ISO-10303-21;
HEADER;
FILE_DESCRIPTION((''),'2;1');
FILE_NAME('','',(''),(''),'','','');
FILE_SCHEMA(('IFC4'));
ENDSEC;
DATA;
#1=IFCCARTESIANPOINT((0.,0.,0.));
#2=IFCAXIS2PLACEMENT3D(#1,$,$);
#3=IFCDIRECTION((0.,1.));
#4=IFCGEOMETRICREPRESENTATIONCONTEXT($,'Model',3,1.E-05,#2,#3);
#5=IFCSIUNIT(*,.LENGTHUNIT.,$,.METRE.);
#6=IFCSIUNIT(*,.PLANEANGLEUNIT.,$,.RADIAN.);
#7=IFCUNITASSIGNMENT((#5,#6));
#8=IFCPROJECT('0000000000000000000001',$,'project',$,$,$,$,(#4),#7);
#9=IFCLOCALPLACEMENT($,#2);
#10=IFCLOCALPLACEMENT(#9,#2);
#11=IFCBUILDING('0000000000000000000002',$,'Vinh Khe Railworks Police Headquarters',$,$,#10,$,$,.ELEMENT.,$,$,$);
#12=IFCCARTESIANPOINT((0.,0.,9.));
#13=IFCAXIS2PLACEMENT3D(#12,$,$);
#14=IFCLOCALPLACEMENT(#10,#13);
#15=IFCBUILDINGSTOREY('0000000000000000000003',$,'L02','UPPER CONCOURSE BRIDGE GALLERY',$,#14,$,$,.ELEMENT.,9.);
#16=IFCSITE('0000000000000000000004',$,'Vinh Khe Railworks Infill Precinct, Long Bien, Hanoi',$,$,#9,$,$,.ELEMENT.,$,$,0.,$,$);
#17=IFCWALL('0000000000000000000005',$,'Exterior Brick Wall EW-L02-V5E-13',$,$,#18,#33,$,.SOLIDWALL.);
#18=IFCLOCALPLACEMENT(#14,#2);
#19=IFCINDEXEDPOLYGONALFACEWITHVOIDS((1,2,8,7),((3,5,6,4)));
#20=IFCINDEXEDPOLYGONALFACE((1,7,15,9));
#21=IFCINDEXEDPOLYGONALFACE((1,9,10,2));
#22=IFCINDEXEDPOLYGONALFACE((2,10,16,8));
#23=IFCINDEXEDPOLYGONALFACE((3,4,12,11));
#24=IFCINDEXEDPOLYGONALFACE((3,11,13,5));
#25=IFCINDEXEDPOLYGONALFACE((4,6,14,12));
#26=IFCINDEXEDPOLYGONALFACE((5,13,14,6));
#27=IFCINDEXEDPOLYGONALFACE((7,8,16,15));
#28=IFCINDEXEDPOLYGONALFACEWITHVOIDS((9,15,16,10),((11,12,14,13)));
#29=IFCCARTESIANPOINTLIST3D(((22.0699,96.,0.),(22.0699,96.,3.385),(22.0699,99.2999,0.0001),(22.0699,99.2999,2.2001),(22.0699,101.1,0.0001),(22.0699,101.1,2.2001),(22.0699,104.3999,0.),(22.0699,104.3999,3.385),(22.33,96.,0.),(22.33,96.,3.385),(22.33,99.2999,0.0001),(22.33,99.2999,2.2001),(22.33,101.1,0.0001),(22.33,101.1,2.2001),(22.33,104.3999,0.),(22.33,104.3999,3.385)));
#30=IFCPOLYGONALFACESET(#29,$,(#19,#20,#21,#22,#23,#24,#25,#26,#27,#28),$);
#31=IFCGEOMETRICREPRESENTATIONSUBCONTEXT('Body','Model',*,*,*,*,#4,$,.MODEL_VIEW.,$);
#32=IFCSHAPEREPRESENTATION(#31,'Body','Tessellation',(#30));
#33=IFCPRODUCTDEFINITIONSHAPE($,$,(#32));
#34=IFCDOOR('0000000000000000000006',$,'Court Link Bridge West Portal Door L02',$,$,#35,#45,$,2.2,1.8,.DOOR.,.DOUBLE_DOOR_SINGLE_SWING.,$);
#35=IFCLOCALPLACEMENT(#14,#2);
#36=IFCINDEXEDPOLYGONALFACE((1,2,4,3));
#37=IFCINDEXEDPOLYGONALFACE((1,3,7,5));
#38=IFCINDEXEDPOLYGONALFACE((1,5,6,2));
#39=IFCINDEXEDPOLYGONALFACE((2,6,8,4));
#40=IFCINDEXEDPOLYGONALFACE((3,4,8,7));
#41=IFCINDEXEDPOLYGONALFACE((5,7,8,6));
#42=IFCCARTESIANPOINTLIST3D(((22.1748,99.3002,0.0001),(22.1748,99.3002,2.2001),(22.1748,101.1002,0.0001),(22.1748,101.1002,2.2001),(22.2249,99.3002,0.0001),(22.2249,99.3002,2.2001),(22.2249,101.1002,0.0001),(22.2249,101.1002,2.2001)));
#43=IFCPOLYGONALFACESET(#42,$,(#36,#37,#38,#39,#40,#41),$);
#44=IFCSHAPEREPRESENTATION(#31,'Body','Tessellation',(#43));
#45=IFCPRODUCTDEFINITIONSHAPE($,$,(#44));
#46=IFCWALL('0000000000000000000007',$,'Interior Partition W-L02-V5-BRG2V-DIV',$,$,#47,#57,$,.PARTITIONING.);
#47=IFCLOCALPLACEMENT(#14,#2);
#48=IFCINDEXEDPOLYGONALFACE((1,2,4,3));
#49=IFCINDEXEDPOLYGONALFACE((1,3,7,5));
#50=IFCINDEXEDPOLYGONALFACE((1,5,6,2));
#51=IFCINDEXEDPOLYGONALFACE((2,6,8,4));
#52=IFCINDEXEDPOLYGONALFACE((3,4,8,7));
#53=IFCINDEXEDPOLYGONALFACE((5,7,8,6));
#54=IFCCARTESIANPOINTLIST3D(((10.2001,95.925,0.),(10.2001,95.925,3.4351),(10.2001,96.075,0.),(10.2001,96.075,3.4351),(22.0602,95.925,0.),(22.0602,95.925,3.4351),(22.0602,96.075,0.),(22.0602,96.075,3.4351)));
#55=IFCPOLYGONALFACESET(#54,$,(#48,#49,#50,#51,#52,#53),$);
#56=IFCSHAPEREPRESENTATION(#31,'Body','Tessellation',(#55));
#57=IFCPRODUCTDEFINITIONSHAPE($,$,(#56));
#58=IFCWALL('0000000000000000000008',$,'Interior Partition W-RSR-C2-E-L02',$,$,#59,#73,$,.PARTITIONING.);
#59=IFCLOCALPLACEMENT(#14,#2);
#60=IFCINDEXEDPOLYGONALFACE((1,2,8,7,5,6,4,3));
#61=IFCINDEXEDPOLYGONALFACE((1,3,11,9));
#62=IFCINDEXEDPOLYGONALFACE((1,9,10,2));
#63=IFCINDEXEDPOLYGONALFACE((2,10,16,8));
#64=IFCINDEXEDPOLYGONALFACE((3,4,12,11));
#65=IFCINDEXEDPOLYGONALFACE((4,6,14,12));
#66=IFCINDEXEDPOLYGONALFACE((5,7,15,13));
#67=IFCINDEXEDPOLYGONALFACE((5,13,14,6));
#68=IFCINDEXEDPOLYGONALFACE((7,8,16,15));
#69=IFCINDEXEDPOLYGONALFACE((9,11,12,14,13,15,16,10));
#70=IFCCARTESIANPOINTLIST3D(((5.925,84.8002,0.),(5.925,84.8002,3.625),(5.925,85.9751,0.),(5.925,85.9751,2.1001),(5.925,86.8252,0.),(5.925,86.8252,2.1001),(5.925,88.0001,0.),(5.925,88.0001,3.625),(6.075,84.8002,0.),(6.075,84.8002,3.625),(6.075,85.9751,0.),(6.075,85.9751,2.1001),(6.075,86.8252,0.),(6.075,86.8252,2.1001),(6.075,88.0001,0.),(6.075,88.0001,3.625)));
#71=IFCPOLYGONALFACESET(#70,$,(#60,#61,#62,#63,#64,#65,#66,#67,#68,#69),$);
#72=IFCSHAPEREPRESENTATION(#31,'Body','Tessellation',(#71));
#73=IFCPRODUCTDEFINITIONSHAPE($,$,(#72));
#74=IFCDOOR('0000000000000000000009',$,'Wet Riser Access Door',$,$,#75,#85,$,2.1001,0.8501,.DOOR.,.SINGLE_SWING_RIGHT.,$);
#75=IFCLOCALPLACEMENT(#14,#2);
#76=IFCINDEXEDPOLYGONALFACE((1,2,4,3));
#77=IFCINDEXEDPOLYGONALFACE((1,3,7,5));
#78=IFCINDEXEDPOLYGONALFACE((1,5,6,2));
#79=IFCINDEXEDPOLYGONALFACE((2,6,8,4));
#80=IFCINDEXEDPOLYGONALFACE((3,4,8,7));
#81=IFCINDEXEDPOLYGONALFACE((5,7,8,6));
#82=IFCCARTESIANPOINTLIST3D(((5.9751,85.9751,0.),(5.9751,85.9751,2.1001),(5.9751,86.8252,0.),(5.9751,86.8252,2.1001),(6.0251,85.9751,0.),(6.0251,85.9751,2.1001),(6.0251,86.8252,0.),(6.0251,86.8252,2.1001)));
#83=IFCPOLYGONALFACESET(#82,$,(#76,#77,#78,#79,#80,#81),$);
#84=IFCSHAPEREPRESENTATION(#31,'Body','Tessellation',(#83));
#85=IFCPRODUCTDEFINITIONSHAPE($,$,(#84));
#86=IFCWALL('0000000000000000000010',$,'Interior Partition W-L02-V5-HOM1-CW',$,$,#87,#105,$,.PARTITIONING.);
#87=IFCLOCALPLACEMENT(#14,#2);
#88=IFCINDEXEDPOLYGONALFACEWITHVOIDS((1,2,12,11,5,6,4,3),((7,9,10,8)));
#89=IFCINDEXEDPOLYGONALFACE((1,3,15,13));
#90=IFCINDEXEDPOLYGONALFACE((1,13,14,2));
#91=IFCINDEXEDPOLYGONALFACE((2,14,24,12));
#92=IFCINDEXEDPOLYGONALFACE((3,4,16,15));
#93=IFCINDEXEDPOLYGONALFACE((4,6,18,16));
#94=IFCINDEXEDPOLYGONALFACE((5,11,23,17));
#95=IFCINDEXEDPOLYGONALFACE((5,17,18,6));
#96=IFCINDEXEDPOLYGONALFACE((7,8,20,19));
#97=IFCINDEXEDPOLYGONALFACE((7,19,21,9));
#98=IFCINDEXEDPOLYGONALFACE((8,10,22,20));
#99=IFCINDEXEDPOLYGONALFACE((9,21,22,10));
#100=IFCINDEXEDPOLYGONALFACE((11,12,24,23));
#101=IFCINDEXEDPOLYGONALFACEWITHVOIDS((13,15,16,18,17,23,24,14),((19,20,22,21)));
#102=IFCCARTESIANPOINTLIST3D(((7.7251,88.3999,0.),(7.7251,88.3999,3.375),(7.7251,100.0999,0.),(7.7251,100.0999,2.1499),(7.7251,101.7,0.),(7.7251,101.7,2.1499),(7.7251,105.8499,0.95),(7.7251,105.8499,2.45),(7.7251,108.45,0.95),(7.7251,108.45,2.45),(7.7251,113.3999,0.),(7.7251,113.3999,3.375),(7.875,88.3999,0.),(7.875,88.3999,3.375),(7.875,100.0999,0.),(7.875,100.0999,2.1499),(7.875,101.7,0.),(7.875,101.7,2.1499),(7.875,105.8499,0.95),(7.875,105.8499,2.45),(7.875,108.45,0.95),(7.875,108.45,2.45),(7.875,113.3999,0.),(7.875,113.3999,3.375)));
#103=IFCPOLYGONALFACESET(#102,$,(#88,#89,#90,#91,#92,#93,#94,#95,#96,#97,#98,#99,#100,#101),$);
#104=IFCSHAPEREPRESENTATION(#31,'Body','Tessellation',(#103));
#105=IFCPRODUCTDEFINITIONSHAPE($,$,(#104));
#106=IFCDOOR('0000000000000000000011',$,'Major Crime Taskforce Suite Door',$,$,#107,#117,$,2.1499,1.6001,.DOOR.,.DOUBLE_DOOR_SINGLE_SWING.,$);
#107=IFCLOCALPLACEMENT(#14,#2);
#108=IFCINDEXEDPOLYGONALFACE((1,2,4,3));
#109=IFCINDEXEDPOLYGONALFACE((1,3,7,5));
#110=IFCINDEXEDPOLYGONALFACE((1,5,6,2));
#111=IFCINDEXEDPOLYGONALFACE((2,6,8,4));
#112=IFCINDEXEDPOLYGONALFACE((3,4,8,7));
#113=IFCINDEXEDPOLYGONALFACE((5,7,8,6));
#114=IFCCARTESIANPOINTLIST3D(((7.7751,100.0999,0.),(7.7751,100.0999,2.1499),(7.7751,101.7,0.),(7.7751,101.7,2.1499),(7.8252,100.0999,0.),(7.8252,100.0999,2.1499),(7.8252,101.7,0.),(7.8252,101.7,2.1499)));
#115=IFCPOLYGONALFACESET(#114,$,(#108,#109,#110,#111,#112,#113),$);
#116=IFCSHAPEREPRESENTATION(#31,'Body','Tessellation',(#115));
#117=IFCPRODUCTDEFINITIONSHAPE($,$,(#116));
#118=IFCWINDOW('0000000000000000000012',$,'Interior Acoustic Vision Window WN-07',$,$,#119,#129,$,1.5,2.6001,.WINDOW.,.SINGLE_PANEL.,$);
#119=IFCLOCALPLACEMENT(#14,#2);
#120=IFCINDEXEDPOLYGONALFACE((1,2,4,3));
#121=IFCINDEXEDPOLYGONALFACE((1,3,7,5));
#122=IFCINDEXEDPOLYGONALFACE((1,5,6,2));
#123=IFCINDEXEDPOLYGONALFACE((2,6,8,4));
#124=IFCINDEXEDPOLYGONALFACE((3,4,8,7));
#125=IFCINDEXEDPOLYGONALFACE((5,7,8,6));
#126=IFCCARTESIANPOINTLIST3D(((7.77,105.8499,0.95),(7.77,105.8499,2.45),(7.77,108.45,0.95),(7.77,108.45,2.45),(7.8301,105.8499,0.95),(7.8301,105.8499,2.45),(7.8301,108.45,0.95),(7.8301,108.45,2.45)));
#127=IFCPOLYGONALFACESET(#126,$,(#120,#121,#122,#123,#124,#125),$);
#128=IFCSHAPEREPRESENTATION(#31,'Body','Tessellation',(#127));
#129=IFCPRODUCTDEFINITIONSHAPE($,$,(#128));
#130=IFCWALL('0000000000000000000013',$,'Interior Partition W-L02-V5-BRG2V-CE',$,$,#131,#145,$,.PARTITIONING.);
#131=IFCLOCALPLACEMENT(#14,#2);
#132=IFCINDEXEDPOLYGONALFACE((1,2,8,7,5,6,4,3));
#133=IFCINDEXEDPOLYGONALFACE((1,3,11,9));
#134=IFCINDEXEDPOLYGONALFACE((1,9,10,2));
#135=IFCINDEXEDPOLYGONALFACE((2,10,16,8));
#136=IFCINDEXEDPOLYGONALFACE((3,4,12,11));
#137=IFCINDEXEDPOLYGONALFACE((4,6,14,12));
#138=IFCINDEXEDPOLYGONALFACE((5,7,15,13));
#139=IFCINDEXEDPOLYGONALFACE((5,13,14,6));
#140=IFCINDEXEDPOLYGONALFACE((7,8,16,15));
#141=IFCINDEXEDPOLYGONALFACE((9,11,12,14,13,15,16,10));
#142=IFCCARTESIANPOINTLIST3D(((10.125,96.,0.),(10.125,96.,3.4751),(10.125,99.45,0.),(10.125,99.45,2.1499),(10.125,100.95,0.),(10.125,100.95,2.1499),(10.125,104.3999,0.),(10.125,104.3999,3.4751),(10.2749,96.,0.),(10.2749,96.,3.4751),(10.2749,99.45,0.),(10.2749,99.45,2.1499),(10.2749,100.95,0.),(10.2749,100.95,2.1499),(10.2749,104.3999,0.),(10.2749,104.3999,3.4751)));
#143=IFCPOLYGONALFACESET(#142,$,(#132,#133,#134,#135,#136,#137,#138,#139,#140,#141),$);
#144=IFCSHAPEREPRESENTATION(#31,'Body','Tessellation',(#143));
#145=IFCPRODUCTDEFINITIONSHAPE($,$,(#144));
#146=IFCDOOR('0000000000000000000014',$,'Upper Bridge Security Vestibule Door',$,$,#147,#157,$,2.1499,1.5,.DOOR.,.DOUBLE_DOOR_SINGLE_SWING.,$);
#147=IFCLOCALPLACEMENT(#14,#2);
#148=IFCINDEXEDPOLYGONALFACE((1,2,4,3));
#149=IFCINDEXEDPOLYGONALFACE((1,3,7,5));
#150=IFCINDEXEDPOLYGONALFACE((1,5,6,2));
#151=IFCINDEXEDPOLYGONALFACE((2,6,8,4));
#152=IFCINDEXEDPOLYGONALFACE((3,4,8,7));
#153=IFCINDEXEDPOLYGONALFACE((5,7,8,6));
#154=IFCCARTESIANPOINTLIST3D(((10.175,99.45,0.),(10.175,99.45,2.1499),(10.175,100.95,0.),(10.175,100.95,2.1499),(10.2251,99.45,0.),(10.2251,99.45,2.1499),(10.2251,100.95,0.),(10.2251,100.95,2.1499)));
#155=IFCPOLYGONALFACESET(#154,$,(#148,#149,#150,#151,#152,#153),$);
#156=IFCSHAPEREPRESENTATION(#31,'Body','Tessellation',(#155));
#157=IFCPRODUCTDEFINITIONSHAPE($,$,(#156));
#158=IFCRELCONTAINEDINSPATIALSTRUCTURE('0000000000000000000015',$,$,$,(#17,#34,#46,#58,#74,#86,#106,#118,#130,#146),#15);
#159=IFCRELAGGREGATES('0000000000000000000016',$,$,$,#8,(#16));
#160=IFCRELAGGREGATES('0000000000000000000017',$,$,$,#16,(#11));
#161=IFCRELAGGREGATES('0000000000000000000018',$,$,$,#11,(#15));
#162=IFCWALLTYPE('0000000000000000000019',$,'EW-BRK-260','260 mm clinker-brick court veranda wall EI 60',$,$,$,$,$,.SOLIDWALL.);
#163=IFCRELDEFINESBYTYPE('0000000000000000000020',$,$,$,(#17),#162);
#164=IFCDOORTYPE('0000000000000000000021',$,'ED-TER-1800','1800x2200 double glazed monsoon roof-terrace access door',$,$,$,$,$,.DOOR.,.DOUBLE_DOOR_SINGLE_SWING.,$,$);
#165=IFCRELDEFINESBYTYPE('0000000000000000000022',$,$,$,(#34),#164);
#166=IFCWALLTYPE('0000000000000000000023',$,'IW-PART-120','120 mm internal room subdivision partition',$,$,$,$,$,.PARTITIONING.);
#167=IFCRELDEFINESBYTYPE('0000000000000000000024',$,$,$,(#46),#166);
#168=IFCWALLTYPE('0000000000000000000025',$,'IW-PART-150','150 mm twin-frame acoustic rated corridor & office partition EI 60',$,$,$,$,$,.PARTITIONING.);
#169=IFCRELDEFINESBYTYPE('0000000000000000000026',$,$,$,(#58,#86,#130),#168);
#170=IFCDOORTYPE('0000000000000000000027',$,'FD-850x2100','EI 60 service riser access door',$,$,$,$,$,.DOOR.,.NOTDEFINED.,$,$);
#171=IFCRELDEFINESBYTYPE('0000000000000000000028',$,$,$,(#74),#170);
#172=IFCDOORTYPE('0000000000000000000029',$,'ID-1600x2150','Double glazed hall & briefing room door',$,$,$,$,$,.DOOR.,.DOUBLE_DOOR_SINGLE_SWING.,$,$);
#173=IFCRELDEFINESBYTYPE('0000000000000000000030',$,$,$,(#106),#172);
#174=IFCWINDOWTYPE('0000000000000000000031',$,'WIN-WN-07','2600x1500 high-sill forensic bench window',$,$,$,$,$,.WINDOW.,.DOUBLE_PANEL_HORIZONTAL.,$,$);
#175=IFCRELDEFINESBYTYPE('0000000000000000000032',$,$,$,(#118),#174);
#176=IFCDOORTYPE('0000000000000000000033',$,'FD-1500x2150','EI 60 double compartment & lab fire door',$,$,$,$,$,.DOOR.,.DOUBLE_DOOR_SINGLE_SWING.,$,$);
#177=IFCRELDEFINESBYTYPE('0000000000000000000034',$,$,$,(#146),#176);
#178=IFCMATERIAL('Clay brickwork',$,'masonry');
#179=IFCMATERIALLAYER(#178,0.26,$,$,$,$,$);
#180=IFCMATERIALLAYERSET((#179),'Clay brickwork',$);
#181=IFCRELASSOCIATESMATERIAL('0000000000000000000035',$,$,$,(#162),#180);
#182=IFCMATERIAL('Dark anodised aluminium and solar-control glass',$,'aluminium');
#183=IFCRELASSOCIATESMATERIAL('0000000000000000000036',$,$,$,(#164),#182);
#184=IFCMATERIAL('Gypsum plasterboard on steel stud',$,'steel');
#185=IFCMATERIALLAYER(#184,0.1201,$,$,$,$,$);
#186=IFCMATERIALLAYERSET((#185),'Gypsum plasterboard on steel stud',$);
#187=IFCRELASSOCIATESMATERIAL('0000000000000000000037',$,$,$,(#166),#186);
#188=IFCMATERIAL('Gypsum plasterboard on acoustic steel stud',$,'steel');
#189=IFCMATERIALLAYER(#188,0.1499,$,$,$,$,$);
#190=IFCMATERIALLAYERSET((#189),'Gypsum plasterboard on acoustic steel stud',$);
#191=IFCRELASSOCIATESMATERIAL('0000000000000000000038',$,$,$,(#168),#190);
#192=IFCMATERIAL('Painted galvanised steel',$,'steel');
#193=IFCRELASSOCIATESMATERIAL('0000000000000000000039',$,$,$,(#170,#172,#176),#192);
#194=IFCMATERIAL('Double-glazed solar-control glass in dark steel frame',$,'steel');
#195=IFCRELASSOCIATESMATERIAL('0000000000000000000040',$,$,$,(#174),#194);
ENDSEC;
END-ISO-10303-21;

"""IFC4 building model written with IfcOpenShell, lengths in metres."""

from ifc_helpers import new_model, si_unit, direction, frame, frame_2d, origin, place, context, subcontext, project, spatial, rectangle, extrude, material, layer, layer_set, type_object, element, fill, save


model = new_model("IFC4")

# Units and contexts
model_context = context("Model", 3, precision=1e-05, world=origin(), true_north=direction((0.0, 1.0)))
body_context = subcontext(model_context, "Body", "Model", "MODEL_VIEW")
ifc_project = project(units=[si_unit("LENGTHUNIT", "METRE"), si_unit("PLANEANGLEUNIT", "RADIAN")], contexts=[model_context])

# Site, building, storey
site_placement = place(None, origin())
site = spatial("IfcSite", under=ifc_project, at=site_placement, Name="Vinh Khe Railworks Infill Precinct, Long Bien, Hanoi", CompositionType="ELEMENT", RefElevation=0.0)
building_placement = place(site_placement, origin())
building = spatial("IfcBuilding", under=site, at=building_placement, Name="Vinh Khe Railworks Police Headquarters", CompositionType="ELEMENT")
storey_placement = place(building_placement, frame((0.0, 0.0, 9.0)))
storey = spatial("IfcBuildingStorey", under=building, at=storey_placement, Name="L02", Description="UPPER CONCOURSE BRIDGE GALLERY", CompositionType="ELEMENT", Elevation=9.0)

# Shared definitions
ifc_material_1 = material(Name="Clay brickwork", Category="masonry")
ifc_layer_1 = layer(ifc_material_1, 0.26)
ifc_layer_set_1 = layer_set([ifc_layer_1], Name="Clay brickwork")
wall_type_1 = type_object("IfcWallType", Name="EW-BRK-260", Description="260 mm clinker-brick court veranda wall EI 60", PredefinedType="SOLIDWALL", material=ifc_layer_set_1)
ifc_material_2 = material(Name="Double-glazed solar-control glass in dark steel frame", Category="steel")

# Wall, opening, door
wall_1_placement = place(storey_placement, frame((22.2, 96.0, 0.0), z_axis=(0.0, 0.0, 1.0), x_axis=(0.0, 1.0, 0.0)))
wall_1 = element("IfcWall", 1, at=wall_1_placement, inside=storey, type_object=wall_type_1, Name="Exterior Brick Wall EW-L02-V5E-13", PredefinedType="SOLIDWALL", context=body_context, shape_type="SweptSolid", body=[
    extrude(rectangle(XDim=8.3999, YDim=0.26, at=frame_2d((4.2, 0.0))), origin(), (0.0, 0.0, 1.0), 3.385),
])
opening_1_placement = place(wall_1_placement, frame((3.3, 0.0, 0.0)))
opening_1 = element("IfcOpeningElement", 2, at=opening_1_placement, cuts=wall_1, PredefinedType="OPENING", context=body_context, shape_type="SweptSolid", body=[
    extrude(rectangle(XDim=1.8, YDim=2.2, at=frame_2d((0.8999, 1.1001))), frame((0.0, 0.145, 0.0), z_axis=(0.0, -1.0, 0.0), x_axis=(1.0, 0.0, 0.0)), (0.0, 0.0, 1.0), 0.2898),
])
ifc_material_3 = material(Name="Dark anodised aluminium and solar-control glass", Category="aluminium")
door_type_1 = type_object("IfcDoorType", Name="ED-TER-1800", Description="1800x2200 double glazed monsoon roof-terrace access door", OperationType="DOUBLE_DOOR_SINGLE_SWING", PredefinedType="DOOR", material=ifc_material_3)
door_1_placement = place(opening_1_placement, frame((1.8, 0.0, 0.0), z_axis=(0.0, 0.0, 1.0), x_axis=(-1.0, 0.0, 0.0)))
door_1 = element("IfcDoor", 3, at=door_1_placement, inside=storey, type_object=door_type_1, Name="Court Link Bridge West Portal Door L02", OperationType="DOUBLE_DOOR_SINGLE_SWING", OverallHeight=2.2, OverallWidth=1.8, PredefinedType="DOOR", context=body_context, shape_type="SweptSolid", body=[
    extrude(rectangle(XDim=1.8, YDim=2.2, at=frame_2d((0.8999, 1.1001))), frame((0.0, 0.0249, 0.0), z_axis=(0.0, -1.0, 0.0), x_axis=(1.0, 0.0, 0.0)), (0.0, 0.0, 1.0), 0.05),
])
fill(opening_1, door_1)

# Wall
ifc_material_4 = material(Name="Gypsum plasterboard on steel stud", Category="steel")
ifc_layer_2 = layer(ifc_material_4, 0.1201)
ifc_layer_set_2 = layer_set([ifc_layer_2], Name="Gypsum plasterboard on steel stud")
wall_type_2 = type_object("IfcWallType", Name="IW-PART-120", Description="120 mm internal room subdivision partition", PredefinedType="PARTITIONING", material=ifc_layer_set_2)
wall_2_placement = place(storey_placement, frame((10.2, 96.0, 0.0), z_axis=(0.0, 0.0, 1.0), x_axis=(1.0, 0.0, 0.0)))
element("IfcWall", 4, at=wall_2_placement, inside=storey, type_object=wall_type_2, Name="Interior Partition W-L02-V5-BRG2V-DIV", PredefinedType="PARTITIONING", context=body_context, shape_type="SweptSolid", body=[
    extrude(rectangle(XDim=11.8601, YDim=0.1499, at=frame_2d((5.9302, 0.0))), origin(), (0.0, 0.0, 1.0), 3.4351),
])

# Wall, opening, door
ifc_material_5 = material(Name="Gypsum plasterboard on acoustic steel stud", Category="steel")
ifc_layer_3 = layer(ifc_material_5, 0.1499)
ifc_layer_set_3 = layer_set([ifc_layer_3], Name="Gypsum plasterboard on acoustic steel stud")
wall_type_3 = type_object("IfcWallType", Name="IW-PART-150", Description="150 mm twin-frame acoustic rated corridor & office partition EI 60", PredefinedType="PARTITIONING", material=ifc_layer_set_3)
wall_3_placement = place(storey_placement, frame((6.0, 84.8, 0.0), z_axis=(0.0, 0.0, 1.0), x_axis=(0.0, 1.0, 0.0)))
wall_3 = element("IfcWall", 5, at=wall_3_placement, inside=storey, type_object=wall_type_3, Name="Interior Partition W-RSR-C2-E-L02", PredefinedType="PARTITIONING", context=body_context, shape_type="SweptSolid", body=[
    extrude(rectangle(XDim=3.2, YDim=0.1499, at=frame_2d((1.6001, 0.0))), origin(), (0.0, 0.0, 1.0), 3.625),
])
opening_2_placement = place(wall_3_placement, frame((1.175, 0.0, 0.0)))
opening_2 = element("IfcOpeningElement", 6, at=opening_2_placement, cuts=wall_3, PredefinedType="OPENING", context=body_context, shape_type="SweptSolid", body=[
    extrude(rectangle(XDim=0.8501, YDim=2.1001, at=frame_2d((0.425, 1.05))), frame((0.0, 0.0898, 0.0), z_axis=(0.0, -1.0, 0.0), x_axis=(1.0, 0.0, 0.0)), (0.0, 0.0, 1.0), 0.1797),
])
ifc_material_6 = material(Name="Painted galvanised steel", Category="steel")
door_type_2 = type_object("IfcDoorType", Name="FD-850x2100", Description="EI 60 service riser access door", OperationType="NOTDEFINED", PredefinedType="DOOR", material=ifc_material_6)
door_2_placement = place(opening_2_placement, origin())
door_2 = element("IfcDoor", 7, at=door_2_placement, inside=storey, type_object=door_type_2, Name="Wet Riser Access Door", OperationType="SINGLE_SWING_RIGHT", OverallHeight=2.1001, OverallWidth=0.8501, PredefinedType="DOOR", context=body_context, shape_type="SweptSolid", body=[
    extrude(rectangle(XDim=0.8501, YDim=2.1001, at=frame_2d((0.425, 1.05))), frame((0.0, 0.0249, 0.0), z_axis=(0.0, -1.0, 0.0), x_axis=(1.0, 0.0, 0.0)), (0.0, 0.0, 1.0), 0.05),
])
fill(opening_2, door_2)

# Wall, openings, door, window
wall_4_placement = place(storey_placement, frame((7.8, 88.3999, 0.0), z_axis=(0.0, 0.0, 1.0), x_axis=(0.0, 1.0, 0.0)))
wall_4 = element("IfcWall", 8, at=wall_4_placement, inside=storey, type_object=wall_type_3, Name="Interior Partition W-L02-V5-HOM1-CW", PredefinedType="PARTITIONING", context=body_context, shape_type="SweptSolid", body=[
    extrude(rectangle(XDim=25.0, YDim=0.1499, at=frame_2d((12.5, 0.0))), origin(), (0.0, 0.0, 1.0), 3.375),
])
opening_3_placement = place(wall_4_placement, frame((11.7, 0.0, 0.0)))
opening_3 = element("IfcOpeningElement", 9, at=opening_3_placement, cuts=wall_4, PredefinedType="OPENING", context=body_context, shape_type="SweptSolid", body=[
    extrude(rectangle(XDim=1.6001, YDim=2.1499, at=frame_2d((0.8, 1.075))), frame((0.0, 0.0898, 0.0), z_axis=(0.0, -1.0, 0.0), x_axis=(1.0, 0.0, 0.0)), (0.0, 0.0, 1.0), 0.1797),
])
opening_4_placement = place(wall_4_placement, frame((17.45, 0.0, 0.95)))
opening_4 = element("IfcOpeningElement", 10, at=opening_4_placement, cuts=wall_4, PredefinedType="OPENING", context=body_context, shape_type="SweptSolid", body=[
    extrude(rectangle(XDim=2.6001, YDim=1.5, at=frame_2d((1.3, 0.75))), frame((0.0, 0.0898, 0.0), z_axis=(0.0, -1.0, 0.0), x_axis=(1.0, 0.0, 0.0)), (0.0, 0.0, 1.0), 0.1797),
])
door_type_3 = type_object("IfcDoorType", Name="ID-1600x2150", Description="Double glazed hall & briefing room door", OperationType="DOUBLE_DOOR_SINGLE_SWING", PredefinedType="DOOR", material=ifc_material_6)
door_3_placement = place(opening_3_placement, origin())
door_3 = element("IfcDoor", 11, at=door_3_placement, inside=storey, type_object=door_type_3, Name="Major Crime Taskforce Suite Door", OperationType="DOUBLE_DOOR_SINGLE_SWING", OverallHeight=2.1499, OverallWidth=1.6001, PredefinedType="DOOR", context=body_context, shape_type="SweptSolid", body=[
    extrude(rectangle(XDim=1.6001, YDim=2.1499, at=frame_2d((0.8, 1.075))), frame((0.0, 0.0249, 0.0), z_axis=(0.0, -1.0, 0.0), x_axis=(1.0, 0.0, 0.0)), (0.0, 0.0, 1.0), 0.05),
])
fill(opening_3, door_3)
window_type_1 = type_object("IfcWindowType", Name="WIN-WN-07", Description="2600x1500 high-sill forensic bench window", PartitioningType="DOUBLE_PANEL_HORIZONTAL", PredefinedType="WINDOW", material=ifc_material_2)
window_1_placement = place(opening_4_placement, origin())
window_1 = element("IfcWindow", 12, at=window_1_placement, inside=storey, type_object=window_type_1, Name="Interior Acoustic Vision Window WN-07", OverallHeight=1.5, OverallWidth=2.6001, PartitioningType="SINGLE_PANEL", PredefinedType="WINDOW", context=body_context, shape_type="SweptSolid", body=[
    extrude(rectangle(XDim=2.6001, YDim=1.5, at=frame_2d((1.3, 0.75))), frame((0.0, 0.03, 0.0), z_axis=(0.0, -1.0, 0.0), x_axis=(1.0, 0.0, 0.0)), (0.0, 0.0, 1.0), 0.0601),
])
fill(opening_4, window_1)

# Wall, opening, door
wall_5_placement = place(storey_placement, frame((10.2, 96.0, 0.0), z_axis=(0.0, 0.0, 1.0), x_axis=(0.0, 1.0, 0.0)))
wall_5 = element("IfcWall", 13, at=wall_5_placement, inside=storey, type_object=wall_type_3, Name="Interior Partition W-L02-V5-BRG2V-CE", PredefinedType="PARTITIONING", context=body_context, shape_type="SweptSolid", body=[
    extrude(rectangle(XDim=8.3999, YDim=0.1499, at=frame_2d((4.2, 0.0))), origin(), (0.0, 0.0, 1.0), 3.4751),
])
opening_5_placement = place(wall_5_placement, frame((3.45, 0.0, 0.0)))
opening_5 = element("IfcOpeningElement", 14, at=opening_5_placement, cuts=wall_5, PredefinedType="OPENING", context=body_context, shape_type="SweptSolid", body=[
    extrude(rectangle(XDim=1.5, YDim=2.1499, at=frame_2d((0.75, 1.075))), frame((0.0, 0.0898, 0.0), z_axis=(0.0, -1.0, 0.0), x_axis=(1.0, 0.0, 0.0)), (0.0, 0.0, 1.0), 0.1797),
])
door_type_4 = type_object("IfcDoorType", Name="FD-1500x2150", Description="EI 60 double compartment & lab fire door", OperationType="DOUBLE_DOOR_SINGLE_SWING", PredefinedType="DOOR", material=ifc_material_6)
door_4_placement = place(opening_5_placement, origin())
door_4 = element("IfcDoor", 15, at=door_4_placement, inside=storey, type_object=door_type_4, Name="Upper Bridge Security Vestibule Door", OperationType="DOUBLE_DOOR_SINGLE_SWING", OverallHeight=2.1499, OverallWidth=1.5, PredefinedType="DOOR", context=body_context, shape_type="SweptSolid", body=[
    extrude(rectangle(XDim=1.5, YDim=2.1499, at=frame_2d((0.75, 1.075))), frame((0.0, 0.0249, 0.0), z_axis=(0.0, -1.0, 0.0), x_axis=(1.0, 0.0, 0.0)), (0.0, 0.0, 1.0), 0.05),
])
fill(opening_5, door_4)

save(model, "model.ifc")
